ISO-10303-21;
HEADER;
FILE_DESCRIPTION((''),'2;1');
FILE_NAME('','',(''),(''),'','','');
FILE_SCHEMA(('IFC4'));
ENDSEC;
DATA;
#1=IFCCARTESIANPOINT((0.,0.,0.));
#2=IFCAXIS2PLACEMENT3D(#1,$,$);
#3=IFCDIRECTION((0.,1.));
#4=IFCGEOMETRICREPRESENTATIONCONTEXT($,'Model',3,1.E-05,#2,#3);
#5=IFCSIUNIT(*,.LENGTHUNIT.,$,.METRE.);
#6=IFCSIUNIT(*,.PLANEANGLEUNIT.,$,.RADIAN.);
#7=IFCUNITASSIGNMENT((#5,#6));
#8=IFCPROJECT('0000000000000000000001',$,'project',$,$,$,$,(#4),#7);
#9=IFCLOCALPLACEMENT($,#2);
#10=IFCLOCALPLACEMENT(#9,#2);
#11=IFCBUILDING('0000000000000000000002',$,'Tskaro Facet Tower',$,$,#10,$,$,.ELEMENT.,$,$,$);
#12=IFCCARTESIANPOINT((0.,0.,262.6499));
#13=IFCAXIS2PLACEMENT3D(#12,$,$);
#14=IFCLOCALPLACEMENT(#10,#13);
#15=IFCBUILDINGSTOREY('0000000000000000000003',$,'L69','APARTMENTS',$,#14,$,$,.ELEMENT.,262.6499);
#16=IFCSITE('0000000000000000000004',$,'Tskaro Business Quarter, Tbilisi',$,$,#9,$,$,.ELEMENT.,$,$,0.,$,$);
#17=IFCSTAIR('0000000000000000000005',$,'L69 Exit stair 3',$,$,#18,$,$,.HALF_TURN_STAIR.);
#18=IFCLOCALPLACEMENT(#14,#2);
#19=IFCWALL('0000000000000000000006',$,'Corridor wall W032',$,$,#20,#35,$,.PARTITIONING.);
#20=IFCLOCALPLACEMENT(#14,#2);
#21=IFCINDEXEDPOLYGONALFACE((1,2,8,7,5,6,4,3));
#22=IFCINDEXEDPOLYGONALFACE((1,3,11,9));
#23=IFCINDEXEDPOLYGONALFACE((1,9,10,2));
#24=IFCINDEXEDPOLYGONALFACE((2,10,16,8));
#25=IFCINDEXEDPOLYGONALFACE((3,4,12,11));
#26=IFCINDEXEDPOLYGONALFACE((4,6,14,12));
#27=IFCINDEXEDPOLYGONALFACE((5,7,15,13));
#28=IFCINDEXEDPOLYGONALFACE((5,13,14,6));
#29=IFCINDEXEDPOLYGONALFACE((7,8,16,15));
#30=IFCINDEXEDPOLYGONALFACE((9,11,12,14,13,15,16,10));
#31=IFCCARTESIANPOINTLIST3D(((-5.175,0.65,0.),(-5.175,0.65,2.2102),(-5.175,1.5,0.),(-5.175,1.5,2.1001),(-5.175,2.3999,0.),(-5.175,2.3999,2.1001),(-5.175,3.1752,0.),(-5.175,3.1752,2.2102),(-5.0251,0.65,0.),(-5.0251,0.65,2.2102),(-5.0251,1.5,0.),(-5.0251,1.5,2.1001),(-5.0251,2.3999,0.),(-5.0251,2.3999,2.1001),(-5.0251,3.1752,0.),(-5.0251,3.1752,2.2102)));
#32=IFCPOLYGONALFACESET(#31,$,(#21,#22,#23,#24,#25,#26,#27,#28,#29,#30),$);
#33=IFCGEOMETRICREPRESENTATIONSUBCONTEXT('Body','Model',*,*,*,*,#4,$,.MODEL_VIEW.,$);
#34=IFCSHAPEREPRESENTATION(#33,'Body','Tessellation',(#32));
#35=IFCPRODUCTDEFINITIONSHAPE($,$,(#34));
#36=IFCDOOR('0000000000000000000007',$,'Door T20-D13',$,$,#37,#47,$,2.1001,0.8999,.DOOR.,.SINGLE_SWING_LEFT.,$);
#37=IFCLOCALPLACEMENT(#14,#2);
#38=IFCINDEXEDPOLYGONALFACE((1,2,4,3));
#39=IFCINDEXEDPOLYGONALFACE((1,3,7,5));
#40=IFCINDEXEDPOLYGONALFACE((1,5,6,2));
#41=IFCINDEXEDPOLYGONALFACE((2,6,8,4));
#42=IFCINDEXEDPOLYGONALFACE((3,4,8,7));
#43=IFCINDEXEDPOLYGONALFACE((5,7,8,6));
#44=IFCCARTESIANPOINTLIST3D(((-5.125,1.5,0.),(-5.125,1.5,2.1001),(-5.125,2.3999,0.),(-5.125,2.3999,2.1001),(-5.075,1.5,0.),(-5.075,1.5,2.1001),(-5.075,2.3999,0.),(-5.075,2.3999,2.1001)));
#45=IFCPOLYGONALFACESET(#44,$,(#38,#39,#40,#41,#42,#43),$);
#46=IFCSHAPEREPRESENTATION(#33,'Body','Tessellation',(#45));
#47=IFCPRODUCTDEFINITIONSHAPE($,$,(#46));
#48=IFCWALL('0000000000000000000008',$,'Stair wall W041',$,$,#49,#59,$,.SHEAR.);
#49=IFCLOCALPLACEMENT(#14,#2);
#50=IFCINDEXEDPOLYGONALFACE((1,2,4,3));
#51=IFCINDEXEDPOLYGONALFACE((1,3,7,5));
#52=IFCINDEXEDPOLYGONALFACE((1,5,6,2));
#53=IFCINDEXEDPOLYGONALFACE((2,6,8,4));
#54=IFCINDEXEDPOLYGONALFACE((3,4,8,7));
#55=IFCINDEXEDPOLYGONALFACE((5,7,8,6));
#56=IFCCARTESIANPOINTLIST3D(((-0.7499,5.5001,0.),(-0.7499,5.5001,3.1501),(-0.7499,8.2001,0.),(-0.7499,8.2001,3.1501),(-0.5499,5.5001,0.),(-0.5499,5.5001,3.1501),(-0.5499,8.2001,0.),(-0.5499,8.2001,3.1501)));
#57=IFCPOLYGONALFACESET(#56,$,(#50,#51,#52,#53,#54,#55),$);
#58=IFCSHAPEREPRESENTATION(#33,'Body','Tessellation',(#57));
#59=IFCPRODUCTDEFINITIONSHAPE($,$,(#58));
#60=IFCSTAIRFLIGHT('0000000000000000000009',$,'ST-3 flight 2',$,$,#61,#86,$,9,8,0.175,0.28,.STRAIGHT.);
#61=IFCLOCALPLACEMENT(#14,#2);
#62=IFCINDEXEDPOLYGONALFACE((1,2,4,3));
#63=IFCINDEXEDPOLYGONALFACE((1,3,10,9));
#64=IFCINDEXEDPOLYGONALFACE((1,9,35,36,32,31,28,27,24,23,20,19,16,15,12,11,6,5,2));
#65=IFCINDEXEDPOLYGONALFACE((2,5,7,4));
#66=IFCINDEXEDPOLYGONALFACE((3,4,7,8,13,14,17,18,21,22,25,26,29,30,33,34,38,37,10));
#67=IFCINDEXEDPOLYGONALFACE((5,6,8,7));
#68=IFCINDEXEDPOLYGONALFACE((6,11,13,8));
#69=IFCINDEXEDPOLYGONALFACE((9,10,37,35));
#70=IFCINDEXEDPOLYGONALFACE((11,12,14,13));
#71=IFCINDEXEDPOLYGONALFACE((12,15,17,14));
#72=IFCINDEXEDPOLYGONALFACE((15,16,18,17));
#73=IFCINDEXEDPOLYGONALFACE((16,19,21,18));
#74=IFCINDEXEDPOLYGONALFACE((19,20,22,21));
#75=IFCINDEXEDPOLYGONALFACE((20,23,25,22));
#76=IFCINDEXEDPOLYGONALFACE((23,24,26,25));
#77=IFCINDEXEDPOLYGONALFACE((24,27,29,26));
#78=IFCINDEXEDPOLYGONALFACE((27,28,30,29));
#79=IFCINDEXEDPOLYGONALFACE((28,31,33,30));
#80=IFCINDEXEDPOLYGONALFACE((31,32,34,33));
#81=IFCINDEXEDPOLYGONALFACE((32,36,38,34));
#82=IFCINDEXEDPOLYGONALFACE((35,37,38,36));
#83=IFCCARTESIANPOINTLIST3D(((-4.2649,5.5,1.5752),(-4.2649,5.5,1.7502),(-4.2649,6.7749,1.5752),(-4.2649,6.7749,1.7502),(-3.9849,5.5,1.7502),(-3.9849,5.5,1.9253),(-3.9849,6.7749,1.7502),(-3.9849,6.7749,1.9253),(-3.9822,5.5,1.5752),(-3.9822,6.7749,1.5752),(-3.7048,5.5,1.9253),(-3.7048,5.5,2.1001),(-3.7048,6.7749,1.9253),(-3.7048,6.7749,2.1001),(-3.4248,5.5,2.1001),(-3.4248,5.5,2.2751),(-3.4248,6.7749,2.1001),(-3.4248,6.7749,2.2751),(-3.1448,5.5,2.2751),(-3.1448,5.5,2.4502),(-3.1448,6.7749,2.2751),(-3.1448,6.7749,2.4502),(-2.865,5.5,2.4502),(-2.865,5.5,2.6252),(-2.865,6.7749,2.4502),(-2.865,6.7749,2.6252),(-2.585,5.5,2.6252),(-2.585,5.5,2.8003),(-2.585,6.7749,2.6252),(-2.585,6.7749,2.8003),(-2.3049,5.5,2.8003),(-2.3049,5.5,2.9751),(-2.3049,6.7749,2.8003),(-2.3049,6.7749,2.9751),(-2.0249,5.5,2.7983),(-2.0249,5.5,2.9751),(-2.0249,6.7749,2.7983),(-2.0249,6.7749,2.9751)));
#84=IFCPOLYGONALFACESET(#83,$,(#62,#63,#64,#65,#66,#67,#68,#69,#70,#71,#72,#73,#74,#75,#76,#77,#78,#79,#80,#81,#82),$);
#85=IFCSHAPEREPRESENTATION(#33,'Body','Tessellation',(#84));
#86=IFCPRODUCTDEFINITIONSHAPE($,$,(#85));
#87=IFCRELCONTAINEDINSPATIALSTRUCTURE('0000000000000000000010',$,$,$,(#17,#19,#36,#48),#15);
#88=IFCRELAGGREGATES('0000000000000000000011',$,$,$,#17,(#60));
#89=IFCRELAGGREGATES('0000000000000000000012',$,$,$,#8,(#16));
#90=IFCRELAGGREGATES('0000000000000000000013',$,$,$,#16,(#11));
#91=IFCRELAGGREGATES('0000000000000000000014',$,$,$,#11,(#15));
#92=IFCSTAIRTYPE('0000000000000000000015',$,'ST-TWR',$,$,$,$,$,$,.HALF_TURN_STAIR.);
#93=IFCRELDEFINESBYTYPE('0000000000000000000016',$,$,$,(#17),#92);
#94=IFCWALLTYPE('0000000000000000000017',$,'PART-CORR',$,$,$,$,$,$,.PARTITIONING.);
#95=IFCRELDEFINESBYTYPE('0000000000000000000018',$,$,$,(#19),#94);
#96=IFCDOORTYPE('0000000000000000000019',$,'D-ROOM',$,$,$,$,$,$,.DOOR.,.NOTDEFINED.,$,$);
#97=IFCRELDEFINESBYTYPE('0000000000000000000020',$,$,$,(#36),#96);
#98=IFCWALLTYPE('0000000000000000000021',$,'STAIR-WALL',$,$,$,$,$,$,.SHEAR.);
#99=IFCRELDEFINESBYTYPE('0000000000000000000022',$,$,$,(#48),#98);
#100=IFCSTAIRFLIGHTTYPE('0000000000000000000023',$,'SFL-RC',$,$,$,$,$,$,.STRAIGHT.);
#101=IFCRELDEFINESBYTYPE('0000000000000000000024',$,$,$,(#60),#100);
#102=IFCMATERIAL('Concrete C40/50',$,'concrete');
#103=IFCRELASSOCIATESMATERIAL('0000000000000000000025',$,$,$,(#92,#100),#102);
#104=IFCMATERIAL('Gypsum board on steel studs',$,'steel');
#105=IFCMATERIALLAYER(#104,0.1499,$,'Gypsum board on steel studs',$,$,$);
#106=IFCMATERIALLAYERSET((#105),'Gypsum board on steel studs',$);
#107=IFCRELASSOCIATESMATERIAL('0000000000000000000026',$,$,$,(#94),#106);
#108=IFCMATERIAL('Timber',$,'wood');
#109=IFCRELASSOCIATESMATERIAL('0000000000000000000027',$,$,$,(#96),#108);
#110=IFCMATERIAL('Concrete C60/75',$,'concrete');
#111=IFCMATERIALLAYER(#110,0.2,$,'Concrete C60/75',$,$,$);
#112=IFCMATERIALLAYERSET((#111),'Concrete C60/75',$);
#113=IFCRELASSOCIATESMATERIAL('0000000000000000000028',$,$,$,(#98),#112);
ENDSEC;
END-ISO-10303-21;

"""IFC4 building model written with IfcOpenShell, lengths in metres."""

from ifc_helpers import new_model, si_unit, direction, frame, frame_2d, origin, place, context, subcontext, project, spatial, polyline, rectangle, outline, extrude, material, layer, layer_set, type_object, element, fill, aggregate, save


model = new_model("IFC4")

# Units and contexts
model_context = context("Model", 3, precision=1e-05, world=origin(), true_north=direction((0.0, 1.0)))
body_context = subcontext(model_context, "Body", "Model", "MODEL_VIEW")
ifc_project = project(units=[si_unit("LENGTHUNIT", "METRE"), si_unit("PLANEANGLEUNIT", "RADIAN")], contexts=[model_context])

# Site, building, storey
site_placement = place(None, origin())
site = spatial("IfcSite", under=ifc_project, at=site_placement, Name="Tskaro Business Quarter, Tbilisi", CompositionType="ELEMENT", RefElevation=0.0)
building_placement = place(site_placement, origin())
building = spatial("IfcBuilding", under=site, at=building_placement, Name="Tskaro Facet Tower", CompositionType="ELEMENT")
storey_placement = place(building_placement, frame((0.0, 0.0, 262.6499)))
storey = spatial("IfcBuildingStorey", under=building, at=storey_placement, Name="L69", Description="APARTMENTS", CompositionType="ELEMENT", Elevation=262.6499)

# Stair
ifc_material_1 = material(Name="Concrete C40/50", Category="concrete")
stair_type = type_object("IfcStairType", Name="ST-TWR", PredefinedType="HALF_TURN_STAIR", material=ifc_material_1)
stair_1_placement = place(storey_placement, origin())
stair_1 = element("IfcStair", 1, at=stair_1_placement, inside=storey, type_object=stair_type, Name="L69 Exit stair 3", PredefinedType="HALF_TURN_STAIR")

# Shared definitions
ifc_material_2 = material(Name="Concrete C60/75", Category="concrete")

# Wall, opening, door
ifc_material_3 = material(Name="Gypsum board on steel studs", Category="steel")
ifc_layer_1 = layer(ifc_material_3, 0.1499, Name="Gypsum board on steel studs")
ifc_layer_set_1 = layer_set([ifc_layer_1], Name="Gypsum board on steel studs")
wall_type_1 = type_object("IfcWallType", Name="PART-CORR", PredefinedType="PARTITIONING", material=ifc_layer_set_1)
wall_1_placement = place(storey_placement, frame((-5.1001, 0.6499, 0.0), z_axis=(0.0, 0.0, 1.0), x_axis=(0.0, 1.0, 0.0)))
wall_1 = element("IfcWall", 2, at=wall_1_placement, inside=storey, type_object=wall_type_1, Name="Corridor wall W032", PredefinedType="PARTITIONING", context=body_context, shape_type="SweptSolid", body=[
    extrude(rectangle(XDim=2.5251, YDim=0.1499, at=frame_2d((1.2627, 0.0))), origin(), (0.0, 0.0, 1.0), 2.2102),
])
opening_placement = place(wall_1_placement, frame((0.8501, 0.0, 0.0)))
opening = element("IfcOpeningElement", 3, at=opening_placement, cuts=wall_1, PredefinedType="OPENING", context=body_context, shape_type="SweptSolid", body=[
    extrude(rectangle(XDim=0.8999, YDim=2.1001, at=frame_2d((0.45, 1.05))), frame((0.0, 0.085, 0.0), z_axis=(0.0, -1.0, 0.0), x_axis=(1.0, 0.0, 0.0)), (0.0, 0.0, 1.0), 0.1699),
])
ifc_material_4 = material(Name="Timber", Category="wood")
door_type = type_object("IfcDoorType", Name="D-ROOM", OperationType="NOTDEFINED", PredefinedType="DOOR", material=ifc_material_4)
door_placement = place(opening_placement, origin())
door = element("IfcDoor", 4, at=door_placement, inside=storey, type_object=door_type, Name="Door T20-D13", OperationType="SINGLE_SWING_LEFT", OverallHeight=2.1001, OverallWidth=0.8999, PredefinedType="DOOR", context=body_context, shape_type="SweptSolid", body=[
    extrude(rectangle(XDim=0.8999, YDim=2.1001, at=frame_2d((0.45, 1.05))), frame((0.0, 0.0249, 0.0), z_axis=(0.0, -1.0, 0.0), x_axis=(1.0, 0.0, 0.0)), (0.0, 0.0, 1.0), 0.05),
])
fill(opening, door)

# Wall
ifc_layer_2 = layer(ifc_material_2, 0.2, Name="Concrete C60/75")
ifc_layer_set_2 = layer_set([ifc_layer_2], Name="Concrete C60/75")
wall_type_2 = type_object("IfcWallType", Name="STAIR-WALL", PredefinedType="SHEAR", material=ifc_layer_set_2)
wall_2_placement = place(storey_placement, frame((-0.6499, 5.5, 0.0), z_axis=(0.0, 0.0, 1.0), x_axis=(0.0, 1.0, 0.0)))
element("IfcWall", 5, at=wall_2_placement, inside=storey, type_object=wall_type_2, Name="Stair wall W041", PredefinedType="SHEAR", context=body_context, shape_type="SweptSolid", body=[
    extrude(rectangle(XDim=2.7, YDim=0.2, at=frame_2d((1.3501, 0.0))), origin(), (0.0, 0.0, 1.0), 3.1501),
])

# Stair flight
stair_flight_type = type_object("IfcStairFlightType", Name="SFL-RC", PredefinedType="STRAIGHT", material=ifc_material_1)
stair_flight_placement = place(storey_placement, frame((-4.2649, 6.1375, 1.5752), z_axis=(0.0, 0.0, 1.0), x_axis=(1.0, 0.0, 0.0)))
stair_flight = element("IfcStairFlight", 6, at=stair_flight_placement, type_object=stair_flight_type, Name="ST-3 flight 2", NumberOfRisers=9, NumberOfTreads=8, PredefinedType="STRAIGHT", RiserHeight=0.175, TreadLength=0.28, context=body_context, shape_type="SweptSolid", body=[
    extrude(outline(polyline([(0.0, 0.0), (0.0, 0.175), (0.28, 0.175), (0.28, 0.3501), (0.5601, 0.3501), (0.5601, 0.5249), (0.8401, 0.5249), (0.8401, 0.7), (1.1201, 0.7), (1.1201, 0.875), (1.3999, 0.875), (1.3999, 1.05), (1.6799, 1.05), (1.6799, 1.2251), (1.96, 1.2251), (1.96, 1.3999), (2.24, 1.3999), (2.24, 1.575), (2.24, 1.2231), (0.2827, 0.0), (0.0, 0.0)])), frame((0.0, 0.6375, 0.0), z_axis=(0.0, -1.0, 0.0), x_axis=(1.0, 0.0, 0.0)), (0.0, 0.0, 1.0), 1.2749),
])
aggregate(stair_1, [stair_flight])

save(model, "model.ifc")
